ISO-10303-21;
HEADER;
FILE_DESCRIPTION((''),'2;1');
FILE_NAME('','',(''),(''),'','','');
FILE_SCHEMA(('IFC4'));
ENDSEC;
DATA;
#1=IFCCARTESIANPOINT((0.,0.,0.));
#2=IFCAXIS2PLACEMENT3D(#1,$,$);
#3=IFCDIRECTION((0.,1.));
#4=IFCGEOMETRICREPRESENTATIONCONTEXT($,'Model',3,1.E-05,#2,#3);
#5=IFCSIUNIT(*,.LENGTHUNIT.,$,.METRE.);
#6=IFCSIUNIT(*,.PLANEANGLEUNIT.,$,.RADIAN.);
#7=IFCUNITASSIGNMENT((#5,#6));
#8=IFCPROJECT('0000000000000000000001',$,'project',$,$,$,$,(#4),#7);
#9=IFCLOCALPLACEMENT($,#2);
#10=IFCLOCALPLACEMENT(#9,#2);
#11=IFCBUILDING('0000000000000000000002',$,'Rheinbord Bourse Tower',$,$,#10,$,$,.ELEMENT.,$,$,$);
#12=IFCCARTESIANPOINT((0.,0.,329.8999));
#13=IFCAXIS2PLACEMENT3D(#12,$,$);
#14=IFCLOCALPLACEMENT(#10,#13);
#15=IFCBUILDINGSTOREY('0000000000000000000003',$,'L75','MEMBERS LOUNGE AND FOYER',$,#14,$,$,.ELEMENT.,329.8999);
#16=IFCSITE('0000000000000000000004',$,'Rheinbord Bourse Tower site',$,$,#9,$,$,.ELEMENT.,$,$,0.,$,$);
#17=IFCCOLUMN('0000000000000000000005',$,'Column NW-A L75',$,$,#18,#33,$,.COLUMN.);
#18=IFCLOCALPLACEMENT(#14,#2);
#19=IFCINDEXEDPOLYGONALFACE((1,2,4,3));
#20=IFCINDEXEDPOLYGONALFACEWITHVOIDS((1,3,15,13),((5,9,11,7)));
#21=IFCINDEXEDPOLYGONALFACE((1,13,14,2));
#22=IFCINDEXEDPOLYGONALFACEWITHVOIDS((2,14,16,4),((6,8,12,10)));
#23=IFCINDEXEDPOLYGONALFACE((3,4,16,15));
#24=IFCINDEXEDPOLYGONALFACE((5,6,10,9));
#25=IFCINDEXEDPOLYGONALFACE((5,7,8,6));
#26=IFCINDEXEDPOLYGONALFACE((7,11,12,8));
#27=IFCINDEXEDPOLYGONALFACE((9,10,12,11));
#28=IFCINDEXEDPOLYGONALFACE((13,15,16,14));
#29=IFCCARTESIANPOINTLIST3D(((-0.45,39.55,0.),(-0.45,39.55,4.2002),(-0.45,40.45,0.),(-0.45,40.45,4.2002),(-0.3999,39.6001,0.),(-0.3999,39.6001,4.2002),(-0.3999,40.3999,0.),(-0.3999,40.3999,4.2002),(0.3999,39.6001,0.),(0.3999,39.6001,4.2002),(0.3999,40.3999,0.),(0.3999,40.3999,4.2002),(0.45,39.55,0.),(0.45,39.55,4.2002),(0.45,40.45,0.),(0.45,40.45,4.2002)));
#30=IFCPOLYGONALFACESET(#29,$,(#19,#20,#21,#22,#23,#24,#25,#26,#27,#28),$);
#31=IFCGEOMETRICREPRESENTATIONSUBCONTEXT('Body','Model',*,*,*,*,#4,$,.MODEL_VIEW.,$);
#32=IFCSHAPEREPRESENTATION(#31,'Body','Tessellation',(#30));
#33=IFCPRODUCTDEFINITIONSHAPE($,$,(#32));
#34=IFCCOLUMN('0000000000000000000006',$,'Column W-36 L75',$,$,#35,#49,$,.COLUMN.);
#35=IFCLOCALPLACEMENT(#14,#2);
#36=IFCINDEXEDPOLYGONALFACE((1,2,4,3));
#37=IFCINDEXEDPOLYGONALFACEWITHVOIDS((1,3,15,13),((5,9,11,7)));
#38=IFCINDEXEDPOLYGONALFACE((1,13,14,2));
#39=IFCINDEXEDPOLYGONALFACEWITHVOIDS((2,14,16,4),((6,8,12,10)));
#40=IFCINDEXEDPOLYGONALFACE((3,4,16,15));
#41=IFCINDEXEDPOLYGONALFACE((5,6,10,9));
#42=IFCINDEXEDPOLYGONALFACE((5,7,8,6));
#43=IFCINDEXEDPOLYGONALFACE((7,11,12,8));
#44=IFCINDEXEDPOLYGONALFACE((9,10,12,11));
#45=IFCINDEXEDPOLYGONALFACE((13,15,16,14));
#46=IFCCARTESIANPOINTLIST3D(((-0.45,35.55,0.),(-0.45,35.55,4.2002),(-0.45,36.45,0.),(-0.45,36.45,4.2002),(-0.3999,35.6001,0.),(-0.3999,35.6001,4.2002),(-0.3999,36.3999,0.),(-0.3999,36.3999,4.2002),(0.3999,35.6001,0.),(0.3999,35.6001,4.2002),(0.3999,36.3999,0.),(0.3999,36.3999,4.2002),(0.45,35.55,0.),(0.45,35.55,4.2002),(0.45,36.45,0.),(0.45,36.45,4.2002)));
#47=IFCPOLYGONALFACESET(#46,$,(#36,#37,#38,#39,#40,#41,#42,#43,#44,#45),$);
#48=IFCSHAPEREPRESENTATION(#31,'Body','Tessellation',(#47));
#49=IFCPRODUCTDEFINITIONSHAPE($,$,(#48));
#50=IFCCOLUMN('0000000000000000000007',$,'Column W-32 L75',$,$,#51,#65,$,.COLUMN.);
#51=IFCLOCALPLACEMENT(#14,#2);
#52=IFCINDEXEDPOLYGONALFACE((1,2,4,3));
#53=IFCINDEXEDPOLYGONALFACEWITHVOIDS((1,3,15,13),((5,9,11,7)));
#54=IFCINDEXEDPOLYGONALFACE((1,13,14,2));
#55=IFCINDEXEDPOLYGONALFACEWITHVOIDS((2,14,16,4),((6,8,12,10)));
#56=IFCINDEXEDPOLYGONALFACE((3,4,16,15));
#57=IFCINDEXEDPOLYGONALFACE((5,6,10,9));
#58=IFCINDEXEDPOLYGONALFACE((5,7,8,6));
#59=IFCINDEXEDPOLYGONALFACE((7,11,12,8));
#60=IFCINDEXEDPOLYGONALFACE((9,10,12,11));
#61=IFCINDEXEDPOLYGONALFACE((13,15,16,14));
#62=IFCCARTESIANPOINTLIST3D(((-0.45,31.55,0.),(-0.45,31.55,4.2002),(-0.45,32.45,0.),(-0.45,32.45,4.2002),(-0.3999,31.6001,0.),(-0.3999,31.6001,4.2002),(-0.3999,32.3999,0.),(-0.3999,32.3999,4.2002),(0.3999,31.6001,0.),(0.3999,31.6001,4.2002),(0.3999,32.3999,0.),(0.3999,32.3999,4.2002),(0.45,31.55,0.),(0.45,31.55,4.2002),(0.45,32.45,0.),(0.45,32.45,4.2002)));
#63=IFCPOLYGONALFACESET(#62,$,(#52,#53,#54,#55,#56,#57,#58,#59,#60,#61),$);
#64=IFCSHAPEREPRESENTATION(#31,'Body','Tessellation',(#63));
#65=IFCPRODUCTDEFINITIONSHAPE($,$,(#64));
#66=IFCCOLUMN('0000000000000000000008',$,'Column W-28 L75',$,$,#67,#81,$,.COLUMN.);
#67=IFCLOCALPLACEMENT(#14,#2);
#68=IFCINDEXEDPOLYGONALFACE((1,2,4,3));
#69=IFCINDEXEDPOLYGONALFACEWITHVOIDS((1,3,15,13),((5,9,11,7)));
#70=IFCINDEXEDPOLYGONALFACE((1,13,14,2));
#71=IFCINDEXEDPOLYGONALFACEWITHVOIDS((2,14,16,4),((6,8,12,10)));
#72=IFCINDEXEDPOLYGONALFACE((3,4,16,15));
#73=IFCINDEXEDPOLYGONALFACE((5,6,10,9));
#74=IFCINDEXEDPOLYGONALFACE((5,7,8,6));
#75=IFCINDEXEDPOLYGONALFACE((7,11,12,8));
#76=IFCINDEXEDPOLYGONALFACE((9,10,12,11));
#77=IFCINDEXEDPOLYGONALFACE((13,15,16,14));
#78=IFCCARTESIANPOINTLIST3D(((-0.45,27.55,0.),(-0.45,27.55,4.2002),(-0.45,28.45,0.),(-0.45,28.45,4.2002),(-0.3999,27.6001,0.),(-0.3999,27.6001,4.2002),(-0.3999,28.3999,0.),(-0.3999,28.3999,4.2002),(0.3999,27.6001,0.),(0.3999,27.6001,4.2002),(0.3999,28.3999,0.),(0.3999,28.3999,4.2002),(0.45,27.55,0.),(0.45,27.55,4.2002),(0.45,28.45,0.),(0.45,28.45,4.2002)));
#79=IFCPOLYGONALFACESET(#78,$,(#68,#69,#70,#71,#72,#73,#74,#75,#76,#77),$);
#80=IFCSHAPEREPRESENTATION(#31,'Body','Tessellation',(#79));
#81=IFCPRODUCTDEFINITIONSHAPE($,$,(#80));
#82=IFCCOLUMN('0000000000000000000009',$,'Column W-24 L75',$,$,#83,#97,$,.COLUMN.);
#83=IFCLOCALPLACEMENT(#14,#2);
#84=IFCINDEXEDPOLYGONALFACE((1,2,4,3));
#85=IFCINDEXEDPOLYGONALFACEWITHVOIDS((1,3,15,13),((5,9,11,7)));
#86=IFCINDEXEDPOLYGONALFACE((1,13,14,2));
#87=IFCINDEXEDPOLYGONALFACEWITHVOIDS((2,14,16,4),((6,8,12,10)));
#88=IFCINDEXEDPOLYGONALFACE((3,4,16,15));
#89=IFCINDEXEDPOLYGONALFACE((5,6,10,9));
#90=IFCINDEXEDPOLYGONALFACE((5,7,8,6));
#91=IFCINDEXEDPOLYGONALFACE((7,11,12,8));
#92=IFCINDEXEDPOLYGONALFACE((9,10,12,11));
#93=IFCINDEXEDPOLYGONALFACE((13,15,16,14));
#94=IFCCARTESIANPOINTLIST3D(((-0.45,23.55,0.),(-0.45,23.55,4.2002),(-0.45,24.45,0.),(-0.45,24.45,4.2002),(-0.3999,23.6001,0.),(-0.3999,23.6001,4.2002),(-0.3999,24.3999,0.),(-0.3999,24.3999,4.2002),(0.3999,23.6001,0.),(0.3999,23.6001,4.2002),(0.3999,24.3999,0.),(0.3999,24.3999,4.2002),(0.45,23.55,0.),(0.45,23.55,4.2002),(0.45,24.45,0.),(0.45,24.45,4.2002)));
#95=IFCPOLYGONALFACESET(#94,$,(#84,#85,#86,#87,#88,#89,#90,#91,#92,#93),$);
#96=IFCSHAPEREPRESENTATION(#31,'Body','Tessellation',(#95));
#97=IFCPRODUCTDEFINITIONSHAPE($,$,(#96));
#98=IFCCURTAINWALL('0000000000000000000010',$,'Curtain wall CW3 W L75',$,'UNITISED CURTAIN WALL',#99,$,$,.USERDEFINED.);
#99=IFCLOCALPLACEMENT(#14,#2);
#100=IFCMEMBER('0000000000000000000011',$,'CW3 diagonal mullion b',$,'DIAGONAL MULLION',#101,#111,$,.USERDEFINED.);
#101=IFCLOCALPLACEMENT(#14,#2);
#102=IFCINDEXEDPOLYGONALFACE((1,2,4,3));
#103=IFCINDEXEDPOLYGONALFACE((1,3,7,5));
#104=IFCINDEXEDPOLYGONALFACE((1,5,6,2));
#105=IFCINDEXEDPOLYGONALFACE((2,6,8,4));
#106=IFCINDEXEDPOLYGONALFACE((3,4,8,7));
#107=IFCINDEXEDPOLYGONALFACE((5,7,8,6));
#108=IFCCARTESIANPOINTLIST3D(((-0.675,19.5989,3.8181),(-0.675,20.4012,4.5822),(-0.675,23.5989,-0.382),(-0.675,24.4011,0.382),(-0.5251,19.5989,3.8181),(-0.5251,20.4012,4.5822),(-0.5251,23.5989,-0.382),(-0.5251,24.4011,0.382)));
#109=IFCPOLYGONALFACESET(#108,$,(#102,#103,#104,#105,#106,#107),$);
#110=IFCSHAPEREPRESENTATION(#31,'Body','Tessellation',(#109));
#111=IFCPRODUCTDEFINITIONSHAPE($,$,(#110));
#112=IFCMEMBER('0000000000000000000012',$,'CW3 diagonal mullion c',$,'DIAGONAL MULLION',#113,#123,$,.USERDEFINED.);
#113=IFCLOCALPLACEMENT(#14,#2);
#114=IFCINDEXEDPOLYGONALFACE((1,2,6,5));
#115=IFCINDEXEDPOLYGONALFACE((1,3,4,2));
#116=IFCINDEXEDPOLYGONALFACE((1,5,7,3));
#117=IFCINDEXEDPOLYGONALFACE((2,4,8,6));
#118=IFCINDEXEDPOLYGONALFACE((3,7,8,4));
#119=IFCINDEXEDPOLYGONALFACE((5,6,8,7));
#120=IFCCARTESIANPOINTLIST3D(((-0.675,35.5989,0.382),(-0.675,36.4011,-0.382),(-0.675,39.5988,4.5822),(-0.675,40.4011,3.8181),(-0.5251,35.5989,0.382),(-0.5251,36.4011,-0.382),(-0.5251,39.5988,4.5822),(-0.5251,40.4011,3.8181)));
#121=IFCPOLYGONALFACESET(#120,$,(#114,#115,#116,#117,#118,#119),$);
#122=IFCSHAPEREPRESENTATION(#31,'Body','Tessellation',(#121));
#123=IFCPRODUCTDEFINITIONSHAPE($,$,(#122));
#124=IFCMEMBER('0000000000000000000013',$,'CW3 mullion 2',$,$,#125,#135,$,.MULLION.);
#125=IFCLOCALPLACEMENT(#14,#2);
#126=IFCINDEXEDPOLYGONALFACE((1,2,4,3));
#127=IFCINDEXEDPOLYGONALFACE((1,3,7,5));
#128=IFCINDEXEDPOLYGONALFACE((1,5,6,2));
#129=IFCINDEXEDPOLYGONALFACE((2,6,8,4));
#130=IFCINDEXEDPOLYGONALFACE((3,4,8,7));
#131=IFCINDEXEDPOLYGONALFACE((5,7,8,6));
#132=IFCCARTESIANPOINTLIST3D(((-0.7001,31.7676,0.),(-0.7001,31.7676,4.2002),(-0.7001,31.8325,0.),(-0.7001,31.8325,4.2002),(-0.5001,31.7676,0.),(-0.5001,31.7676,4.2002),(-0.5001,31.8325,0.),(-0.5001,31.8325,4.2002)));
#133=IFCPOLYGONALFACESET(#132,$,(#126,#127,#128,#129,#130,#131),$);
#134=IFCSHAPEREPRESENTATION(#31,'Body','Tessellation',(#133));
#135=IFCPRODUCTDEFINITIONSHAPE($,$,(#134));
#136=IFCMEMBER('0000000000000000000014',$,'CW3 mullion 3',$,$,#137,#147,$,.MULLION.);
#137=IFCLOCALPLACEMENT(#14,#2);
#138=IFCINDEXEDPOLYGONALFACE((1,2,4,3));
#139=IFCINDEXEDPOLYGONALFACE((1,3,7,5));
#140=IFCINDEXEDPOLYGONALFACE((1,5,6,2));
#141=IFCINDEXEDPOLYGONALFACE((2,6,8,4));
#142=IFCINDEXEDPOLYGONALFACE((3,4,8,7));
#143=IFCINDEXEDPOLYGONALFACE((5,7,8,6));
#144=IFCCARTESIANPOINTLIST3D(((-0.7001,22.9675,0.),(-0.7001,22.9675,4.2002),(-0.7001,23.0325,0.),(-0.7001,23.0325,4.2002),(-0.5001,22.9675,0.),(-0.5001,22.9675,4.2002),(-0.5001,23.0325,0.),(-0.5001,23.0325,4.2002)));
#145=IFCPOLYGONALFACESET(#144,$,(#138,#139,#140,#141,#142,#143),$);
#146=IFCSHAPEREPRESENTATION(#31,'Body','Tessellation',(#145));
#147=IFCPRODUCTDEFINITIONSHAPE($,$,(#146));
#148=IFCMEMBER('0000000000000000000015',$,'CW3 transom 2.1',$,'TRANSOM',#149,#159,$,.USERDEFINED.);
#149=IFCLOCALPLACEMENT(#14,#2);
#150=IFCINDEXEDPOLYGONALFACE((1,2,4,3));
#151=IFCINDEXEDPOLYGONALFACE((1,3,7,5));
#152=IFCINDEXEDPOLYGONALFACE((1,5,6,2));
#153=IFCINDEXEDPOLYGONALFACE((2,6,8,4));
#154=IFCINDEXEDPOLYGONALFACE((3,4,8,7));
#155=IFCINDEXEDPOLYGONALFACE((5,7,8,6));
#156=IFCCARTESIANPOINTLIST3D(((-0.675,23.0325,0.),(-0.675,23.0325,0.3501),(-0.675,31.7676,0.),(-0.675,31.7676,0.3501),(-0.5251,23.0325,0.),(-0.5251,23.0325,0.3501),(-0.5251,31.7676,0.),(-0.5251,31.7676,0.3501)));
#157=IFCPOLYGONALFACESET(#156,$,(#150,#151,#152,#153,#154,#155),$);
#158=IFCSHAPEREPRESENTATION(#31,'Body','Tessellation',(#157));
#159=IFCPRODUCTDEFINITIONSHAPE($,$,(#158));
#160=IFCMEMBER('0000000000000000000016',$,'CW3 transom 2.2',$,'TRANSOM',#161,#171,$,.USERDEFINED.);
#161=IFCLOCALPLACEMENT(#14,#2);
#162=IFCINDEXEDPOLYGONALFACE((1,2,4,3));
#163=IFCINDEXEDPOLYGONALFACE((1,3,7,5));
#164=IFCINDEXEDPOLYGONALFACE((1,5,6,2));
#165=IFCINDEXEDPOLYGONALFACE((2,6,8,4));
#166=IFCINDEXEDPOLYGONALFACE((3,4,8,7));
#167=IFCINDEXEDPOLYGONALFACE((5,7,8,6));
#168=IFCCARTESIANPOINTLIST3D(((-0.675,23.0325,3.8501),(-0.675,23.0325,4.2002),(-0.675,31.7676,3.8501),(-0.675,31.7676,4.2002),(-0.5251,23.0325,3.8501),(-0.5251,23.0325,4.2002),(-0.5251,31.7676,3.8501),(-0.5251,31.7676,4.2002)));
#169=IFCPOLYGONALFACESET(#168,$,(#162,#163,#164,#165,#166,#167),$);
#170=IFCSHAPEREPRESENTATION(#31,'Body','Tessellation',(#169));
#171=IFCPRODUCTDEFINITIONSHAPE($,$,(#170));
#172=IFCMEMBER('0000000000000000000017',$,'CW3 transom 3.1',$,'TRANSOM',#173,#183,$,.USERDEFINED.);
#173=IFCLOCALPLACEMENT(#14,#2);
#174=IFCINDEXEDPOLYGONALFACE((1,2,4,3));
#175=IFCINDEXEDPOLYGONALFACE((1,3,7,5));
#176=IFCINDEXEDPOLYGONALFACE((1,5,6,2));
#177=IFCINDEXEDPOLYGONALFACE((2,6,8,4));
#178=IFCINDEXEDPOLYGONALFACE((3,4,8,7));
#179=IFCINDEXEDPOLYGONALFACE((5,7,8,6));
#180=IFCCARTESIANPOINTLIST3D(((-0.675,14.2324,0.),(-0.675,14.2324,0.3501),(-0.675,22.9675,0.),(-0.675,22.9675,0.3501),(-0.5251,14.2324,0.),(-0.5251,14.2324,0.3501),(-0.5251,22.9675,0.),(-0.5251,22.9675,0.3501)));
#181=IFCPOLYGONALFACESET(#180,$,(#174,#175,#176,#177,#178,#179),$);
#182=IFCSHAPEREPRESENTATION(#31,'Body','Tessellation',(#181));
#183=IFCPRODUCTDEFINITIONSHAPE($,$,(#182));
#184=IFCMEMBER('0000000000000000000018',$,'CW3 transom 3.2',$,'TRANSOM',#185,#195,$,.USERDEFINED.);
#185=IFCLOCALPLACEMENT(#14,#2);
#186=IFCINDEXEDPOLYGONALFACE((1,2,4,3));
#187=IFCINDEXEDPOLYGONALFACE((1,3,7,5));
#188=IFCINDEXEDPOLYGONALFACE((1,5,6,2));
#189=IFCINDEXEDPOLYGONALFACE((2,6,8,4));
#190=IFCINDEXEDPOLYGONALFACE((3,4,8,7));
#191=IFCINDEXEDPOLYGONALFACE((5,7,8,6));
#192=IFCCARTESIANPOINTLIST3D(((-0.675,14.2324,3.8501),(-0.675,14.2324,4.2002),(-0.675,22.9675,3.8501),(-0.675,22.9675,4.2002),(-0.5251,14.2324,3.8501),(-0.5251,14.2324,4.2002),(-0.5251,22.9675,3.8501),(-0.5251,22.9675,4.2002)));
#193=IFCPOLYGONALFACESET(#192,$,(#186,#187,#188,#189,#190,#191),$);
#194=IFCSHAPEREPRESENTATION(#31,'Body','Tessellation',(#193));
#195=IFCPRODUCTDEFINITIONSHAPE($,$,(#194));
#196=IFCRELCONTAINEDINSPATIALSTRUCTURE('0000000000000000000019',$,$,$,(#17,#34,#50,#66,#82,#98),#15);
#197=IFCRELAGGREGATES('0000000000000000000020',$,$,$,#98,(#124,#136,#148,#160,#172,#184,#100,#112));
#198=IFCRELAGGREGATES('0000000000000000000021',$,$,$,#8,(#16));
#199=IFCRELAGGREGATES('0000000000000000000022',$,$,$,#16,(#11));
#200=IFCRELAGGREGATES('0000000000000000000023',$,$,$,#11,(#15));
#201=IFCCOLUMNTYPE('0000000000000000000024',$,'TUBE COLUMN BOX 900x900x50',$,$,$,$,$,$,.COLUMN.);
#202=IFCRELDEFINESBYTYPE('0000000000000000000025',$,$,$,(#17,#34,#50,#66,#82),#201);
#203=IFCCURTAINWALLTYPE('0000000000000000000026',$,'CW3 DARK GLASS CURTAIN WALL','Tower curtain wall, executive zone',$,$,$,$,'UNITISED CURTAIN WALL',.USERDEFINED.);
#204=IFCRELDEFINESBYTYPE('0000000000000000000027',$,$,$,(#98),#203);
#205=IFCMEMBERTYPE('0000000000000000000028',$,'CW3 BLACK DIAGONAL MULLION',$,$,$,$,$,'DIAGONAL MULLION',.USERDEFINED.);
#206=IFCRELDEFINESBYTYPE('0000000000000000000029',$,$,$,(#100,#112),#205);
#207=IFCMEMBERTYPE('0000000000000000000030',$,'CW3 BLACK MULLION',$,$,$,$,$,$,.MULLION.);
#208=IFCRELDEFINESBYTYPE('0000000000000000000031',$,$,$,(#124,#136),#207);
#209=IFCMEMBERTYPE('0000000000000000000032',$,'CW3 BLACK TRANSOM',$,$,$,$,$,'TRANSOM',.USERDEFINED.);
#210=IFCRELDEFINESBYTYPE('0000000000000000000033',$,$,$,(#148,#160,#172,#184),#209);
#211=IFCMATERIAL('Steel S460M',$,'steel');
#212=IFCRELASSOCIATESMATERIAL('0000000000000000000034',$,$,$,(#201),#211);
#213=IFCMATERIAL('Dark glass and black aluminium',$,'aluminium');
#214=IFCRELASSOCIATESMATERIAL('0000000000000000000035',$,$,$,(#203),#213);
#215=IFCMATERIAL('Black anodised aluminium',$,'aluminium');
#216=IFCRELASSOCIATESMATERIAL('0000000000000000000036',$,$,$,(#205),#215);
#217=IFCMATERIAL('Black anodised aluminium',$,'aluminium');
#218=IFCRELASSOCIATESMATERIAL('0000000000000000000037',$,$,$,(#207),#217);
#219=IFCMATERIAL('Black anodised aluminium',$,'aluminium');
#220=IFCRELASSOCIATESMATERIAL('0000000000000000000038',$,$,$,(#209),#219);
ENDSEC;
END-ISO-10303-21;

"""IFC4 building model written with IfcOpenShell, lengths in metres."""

from ifc_helpers import new_model, si_unit, direction, frame, origin, origin_2d, place, context, subcontext, project, spatial, rectangle, hollow_rectangle, extrude, material, material_profile, profile_set, type_object, element, aggregate, save


model = new_model("IFC4")

# Units and contexts
model_context = context("Model", 3, precision=1e-05, world=origin(), true_north=direction((0.0, 1.0)))
body_context = subcontext(model_context, "Body", "Model", "MODEL_VIEW")
ifc_project = project(units=[si_unit("LENGTHUNIT", "METRE"), si_unit("PLANEANGLEUNIT", "RADIAN")], contexts=[model_context])

# Site, building, storey
site_placement = place(None, origin())
site = spatial("IfcSite", under=ifc_project, at=site_placement, Name="Rheinbord Bourse Tower site", CompositionType="ELEMENT", RefElevation=0.0)
building_placement = place(site_placement, origin())
building = spatial("IfcBuilding", under=site, at=building_placement, Name="Rheinbord Bourse Tower", CompositionType="ELEMENT")
storey_placement = place(building_placement, frame((0.0, 0.0, 329.8999)))
storey = spatial("IfcBuildingStorey", under=building, at=storey_placement, Name="L75", Description="MEMBERS LOUNGE AND FOYER", CompositionType="ELEMENT", Elevation=329.8999)

# Columns
ifc_material_1 = material(Name="Steel S460M", Category="steel")
ifc_material_profile_1 = material_profile(ifc_material_1, hollow_rectangle(XDim=0.8999, YDim=0.8999, WallThickness=0.05, at=origin_2d()), Name="BOX 900x900x50")
ifc_profile_set_1 = profile_set([ifc_material_profile_1], Name="Steel S460M")
column_type = type_object("IfcColumnType", Name="TUBE COLUMN BOX 900x900x50", PredefinedType="COLUMN", material=ifc_profile_set_1)
for number, where, z_axis, x_axis, name in (
    (1, (0.0, 40.0, 0.0), (0.0, 0.0, 1.0), (1.0, 0.0, 0.0), "Column NW-A L75"),
    (2, (0.0, 36.0, 0.0), (0.0, 0.0, 1.0), (1.0, 0.0, 0.0), "Column W-36 L75"),
    (3, (0.0, 32.0, 0.0), (0.0, 0.0, 1.0), (1.0, 0.0, 0.0), "Column W-32 L75"),
    (4, (0.0, 28.0, 0.0), (0.0, 0.0, 1.0), (1.0, 0.0, 0.0), "Column W-28 L75"),
    (5, (0.0, 24.0, 0.0), (0.0, 0.0, 1.0), (1.0, 0.0, 0.0), "Column W-24 L75"),
):
    element("IfcColumn", number, at=place(storey_placement, frame(where, z_axis=z_axis, x_axis=x_axis)), inside=storey, type_object=column_type, Name=name, PredefinedType="COLUMN", context=body_context, shape_type="SweptSolid", body=[
        extrude(hollow_rectangle(XDim=0.8999, YDim=0.8999, WallThickness=0.05, at=origin_2d()), origin(), (0.0, 0.0, 1.0), 4.2002),
    ])

# Curtain wall, members
ifc_material_2 = material(Name="Dark glass and black aluminium", Category="aluminium")
curtain_wall_type = type_object("IfcCurtainWallType", Name="CW3 DARK GLASS CURTAIN WALL", Description="Tower curtain wall, executive zone", ElementType="UNITISED CURTAIN WALL", PredefinedType="USERDEFINED", material=ifc_material_2)
curtain_wall_placement = place(storey_placement, origin())
curtain_wall = element("IfcCurtainWall", 6, at=curtain_wall_placement, inside=storey, type_object=curtain_wall_type, Name="Curtain wall CW3 W L75", ObjectType="UNITISED CURTAIN WALL", PredefinedType="USERDEFINED")
ifc_material_3 = material(Name="Black anodised aluminium", Category="aluminium")
ifc_material_profile_2 = material_profile(ifc_material_3, rectangle(XDim=0.1499, YDim=1.1079, at=origin_2d()), Name="CW3 DIAGONAL MULLION 1108x150")
ifc_profile_set_2 = profile_set([ifc_material_profile_2], Name="Black anodised aluminium")
member_type_1 = type_object("IfcMemberType", Name="CW3 BLACK DIAGONAL MULLION", ElementType="DIAGONAL MULLION", PredefinedType="USERDEFINED", material=ifc_profile_set_2)
member_1_placement = place(storey_placement, frame((-0.6001, 24.0, 0.0), z_axis=(0.0, -0.689638, 0.724154), x_axis=(1.0, 0.0, 0.0)))
member_1 = element("IfcMember", 7, at=member_1_placement, type_object=member_type_1, Name="CW3 diagonal mullion b", ObjectType="DIAGONAL MULLION", PredefinedType="USERDEFINED", context=body_context, shape_type="SweptSolid", body=[
    extrude(rectangle(XDim=0.1499, YDim=1.1079, at=origin_2d()), origin(), (0.0, 0.0, 1.0), 5.8),
])
member_2_placement = place(storey_placement, frame((-0.6001, 36.0, 0.0), z_axis=(0.0, 0.689638, 0.724154), x_axis=(-1.0, 0.0, 0.0)))
member_2 = element("IfcMember", 8, at=member_2_placement, type_object=member_type_1, Name="CW3 diagonal mullion c", ObjectType="DIAGONAL MULLION", PredefinedType="USERDEFINED", context=body_context, shape_type="SweptSolid", body=[
    extrude(rectangle(XDim=0.1499, YDim=1.1079, at=origin_2d()), origin(), (0.0, 0.0, 1.0), 5.8),
])
ifc_material_4 = material(Name="Black anodised aluminium", Category="aluminium")
ifc_material_profile_3 = material_profile(ifc_material_4, rectangle(XDim=0.2, YDim=0.0649, at=origin_2d()), Name="CW3 MULLION 65x200")
ifc_profile_set_3 = profile_set([ifc_material_profile_3], Name="Black anodised aluminium")
member_type_2 = type_object("IfcMemberType", Name="CW3 BLACK MULLION", PredefinedType="MULLION", material=ifc_profile_set_3)
member_3_placement = place(storey_placement, frame((-0.6001, 31.8, 0.0), z_axis=(0.0, 0.0, 1.0), x_axis=(1.0, 0.0, 0.0)))
member_3 = element("IfcMember", 9, at=member_3_placement, type_object=member_type_2, Name="CW3 mullion 2", PredefinedType="MULLION", context=body_context, shape_type="SweptSolid", body=[
    extrude(rectangle(XDim=0.2, YDim=0.0649, at=origin_2d()), origin(), (0.0, 0.0, 1.0), 4.2002),
])
member_4_placement = place(storey_placement, frame((-0.6001, 23.0, 0.0), z_axis=(0.0, 0.0, 1.0), x_axis=(1.0, 0.0, 0.0)))
member_4 = element("IfcMember", 10, at=member_4_placement, type_object=member_type_2, Name="CW3 mullion 3", PredefinedType="MULLION", context=body_context, shape_type="SweptSolid", body=[
    extrude(rectangle(XDim=0.2, YDim=0.0649, at=origin_2d()), origin(), (0.0, 0.0, 1.0), 4.2002),
])
ifc_material_5 = material(Name="Black anodised aluminium", Category="aluminium")
ifc_material_profile_4 = material_profile(ifc_material_5, rectangle(XDim=0.1499, YDim=0.3501, at=origin_2d()), Name="CW3 TRANSOM 350x150")
ifc_profile_set_4 = profile_set([ifc_material_profile_4], Name="Black anodised aluminium")
member_type_3 = type_object("IfcMemberType", Name="CW3 BLACK TRANSOM", ElementType="TRANSOM", PredefinedType="USERDEFINED", material=ifc_profile_set_4)
member_5_placement = place(storey_placement, frame((-0.6001, 31.7676, 0.175), z_axis=(0.0, -1.0, 0.0), x_axis=(1.0, 0.0, 0.0)))
member_5 = element("IfcMember", 11, at=member_5_placement, type_object=member_type_3, Name="CW3 transom 2.1", ObjectType="TRANSOM", PredefinedType="USERDEFINED", context=body_context, shape_type="SweptSolid", body=[
    extrude(rectangle(XDim=0.1499, YDim=0.3501, at=origin_2d()), origin(), (0.0, 0.0, 1.0), 8.7351),
])
member_6_placement = place(storey_placement, frame((-0.6001, 31.7676, 4.0251), z_axis=(0.0, -1.0, 0.0), x_axis=(1.0, 0.0, 0.0)))
member_6 = element("IfcMember", 12, at=member_6_placement, type_object=member_type_3, Name="CW3 transom 2.2", ObjectType="TRANSOM", PredefinedType="USERDEFINED", context=body_context, shape_type="SweptSolid", body=[
    extrude(rectangle(XDim=0.1499, YDim=0.3501, at=origin_2d()), origin(), (0.0, 0.0, 1.0), 8.7351),
])
member_7_placement = place(storey_placement, frame((-0.6001, 22.9675, 0.175), z_axis=(0.0, -1.0, 0.0), x_axis=(1.0, 0.0, 0.0)))
member_7 = element("IfcMember", 13, at=member_7_placement, type_object=member_type_3, Name="CW3 transom 3.1", ObjectType="TRANSOM", PredefinedType="USERDEFINED", context=body_context, shape_type="SweptSolid", body=[
    extrude(rectangle(XDim=0.1499, YDim=0.3501, at=origin_2d()), origin(), (0.0, 0.0, 1.0), 8.7351),
])
member_8_placement = place(storey_placement, frame((-0.6001, 22.9675, 4.0251), z_axis=(0.0, -1.0, 0.0), x_axis=(1.0, 0.0, 0.0)))
member_8 = element("IfcMember", 14, at=member_8_placement, type_object=member_type_3, Name="CW3 transom 3.2", ObjectType="TRANSOM", PredefinedType="USERDEFINED", context=body_context, shape_type="SweptSolid", body=[
    extrude(rectangle(XDim=0.1499, YDim=0.3501, at=origin_2d()), origin(), (0.0, 0.0, 1.0), 8.7351),
])

aggregate(curtain_wall, [member_3, member_4, member_5, member_6, member_7, member_8, member_1, member_2])

save(model, "model.ifc")
